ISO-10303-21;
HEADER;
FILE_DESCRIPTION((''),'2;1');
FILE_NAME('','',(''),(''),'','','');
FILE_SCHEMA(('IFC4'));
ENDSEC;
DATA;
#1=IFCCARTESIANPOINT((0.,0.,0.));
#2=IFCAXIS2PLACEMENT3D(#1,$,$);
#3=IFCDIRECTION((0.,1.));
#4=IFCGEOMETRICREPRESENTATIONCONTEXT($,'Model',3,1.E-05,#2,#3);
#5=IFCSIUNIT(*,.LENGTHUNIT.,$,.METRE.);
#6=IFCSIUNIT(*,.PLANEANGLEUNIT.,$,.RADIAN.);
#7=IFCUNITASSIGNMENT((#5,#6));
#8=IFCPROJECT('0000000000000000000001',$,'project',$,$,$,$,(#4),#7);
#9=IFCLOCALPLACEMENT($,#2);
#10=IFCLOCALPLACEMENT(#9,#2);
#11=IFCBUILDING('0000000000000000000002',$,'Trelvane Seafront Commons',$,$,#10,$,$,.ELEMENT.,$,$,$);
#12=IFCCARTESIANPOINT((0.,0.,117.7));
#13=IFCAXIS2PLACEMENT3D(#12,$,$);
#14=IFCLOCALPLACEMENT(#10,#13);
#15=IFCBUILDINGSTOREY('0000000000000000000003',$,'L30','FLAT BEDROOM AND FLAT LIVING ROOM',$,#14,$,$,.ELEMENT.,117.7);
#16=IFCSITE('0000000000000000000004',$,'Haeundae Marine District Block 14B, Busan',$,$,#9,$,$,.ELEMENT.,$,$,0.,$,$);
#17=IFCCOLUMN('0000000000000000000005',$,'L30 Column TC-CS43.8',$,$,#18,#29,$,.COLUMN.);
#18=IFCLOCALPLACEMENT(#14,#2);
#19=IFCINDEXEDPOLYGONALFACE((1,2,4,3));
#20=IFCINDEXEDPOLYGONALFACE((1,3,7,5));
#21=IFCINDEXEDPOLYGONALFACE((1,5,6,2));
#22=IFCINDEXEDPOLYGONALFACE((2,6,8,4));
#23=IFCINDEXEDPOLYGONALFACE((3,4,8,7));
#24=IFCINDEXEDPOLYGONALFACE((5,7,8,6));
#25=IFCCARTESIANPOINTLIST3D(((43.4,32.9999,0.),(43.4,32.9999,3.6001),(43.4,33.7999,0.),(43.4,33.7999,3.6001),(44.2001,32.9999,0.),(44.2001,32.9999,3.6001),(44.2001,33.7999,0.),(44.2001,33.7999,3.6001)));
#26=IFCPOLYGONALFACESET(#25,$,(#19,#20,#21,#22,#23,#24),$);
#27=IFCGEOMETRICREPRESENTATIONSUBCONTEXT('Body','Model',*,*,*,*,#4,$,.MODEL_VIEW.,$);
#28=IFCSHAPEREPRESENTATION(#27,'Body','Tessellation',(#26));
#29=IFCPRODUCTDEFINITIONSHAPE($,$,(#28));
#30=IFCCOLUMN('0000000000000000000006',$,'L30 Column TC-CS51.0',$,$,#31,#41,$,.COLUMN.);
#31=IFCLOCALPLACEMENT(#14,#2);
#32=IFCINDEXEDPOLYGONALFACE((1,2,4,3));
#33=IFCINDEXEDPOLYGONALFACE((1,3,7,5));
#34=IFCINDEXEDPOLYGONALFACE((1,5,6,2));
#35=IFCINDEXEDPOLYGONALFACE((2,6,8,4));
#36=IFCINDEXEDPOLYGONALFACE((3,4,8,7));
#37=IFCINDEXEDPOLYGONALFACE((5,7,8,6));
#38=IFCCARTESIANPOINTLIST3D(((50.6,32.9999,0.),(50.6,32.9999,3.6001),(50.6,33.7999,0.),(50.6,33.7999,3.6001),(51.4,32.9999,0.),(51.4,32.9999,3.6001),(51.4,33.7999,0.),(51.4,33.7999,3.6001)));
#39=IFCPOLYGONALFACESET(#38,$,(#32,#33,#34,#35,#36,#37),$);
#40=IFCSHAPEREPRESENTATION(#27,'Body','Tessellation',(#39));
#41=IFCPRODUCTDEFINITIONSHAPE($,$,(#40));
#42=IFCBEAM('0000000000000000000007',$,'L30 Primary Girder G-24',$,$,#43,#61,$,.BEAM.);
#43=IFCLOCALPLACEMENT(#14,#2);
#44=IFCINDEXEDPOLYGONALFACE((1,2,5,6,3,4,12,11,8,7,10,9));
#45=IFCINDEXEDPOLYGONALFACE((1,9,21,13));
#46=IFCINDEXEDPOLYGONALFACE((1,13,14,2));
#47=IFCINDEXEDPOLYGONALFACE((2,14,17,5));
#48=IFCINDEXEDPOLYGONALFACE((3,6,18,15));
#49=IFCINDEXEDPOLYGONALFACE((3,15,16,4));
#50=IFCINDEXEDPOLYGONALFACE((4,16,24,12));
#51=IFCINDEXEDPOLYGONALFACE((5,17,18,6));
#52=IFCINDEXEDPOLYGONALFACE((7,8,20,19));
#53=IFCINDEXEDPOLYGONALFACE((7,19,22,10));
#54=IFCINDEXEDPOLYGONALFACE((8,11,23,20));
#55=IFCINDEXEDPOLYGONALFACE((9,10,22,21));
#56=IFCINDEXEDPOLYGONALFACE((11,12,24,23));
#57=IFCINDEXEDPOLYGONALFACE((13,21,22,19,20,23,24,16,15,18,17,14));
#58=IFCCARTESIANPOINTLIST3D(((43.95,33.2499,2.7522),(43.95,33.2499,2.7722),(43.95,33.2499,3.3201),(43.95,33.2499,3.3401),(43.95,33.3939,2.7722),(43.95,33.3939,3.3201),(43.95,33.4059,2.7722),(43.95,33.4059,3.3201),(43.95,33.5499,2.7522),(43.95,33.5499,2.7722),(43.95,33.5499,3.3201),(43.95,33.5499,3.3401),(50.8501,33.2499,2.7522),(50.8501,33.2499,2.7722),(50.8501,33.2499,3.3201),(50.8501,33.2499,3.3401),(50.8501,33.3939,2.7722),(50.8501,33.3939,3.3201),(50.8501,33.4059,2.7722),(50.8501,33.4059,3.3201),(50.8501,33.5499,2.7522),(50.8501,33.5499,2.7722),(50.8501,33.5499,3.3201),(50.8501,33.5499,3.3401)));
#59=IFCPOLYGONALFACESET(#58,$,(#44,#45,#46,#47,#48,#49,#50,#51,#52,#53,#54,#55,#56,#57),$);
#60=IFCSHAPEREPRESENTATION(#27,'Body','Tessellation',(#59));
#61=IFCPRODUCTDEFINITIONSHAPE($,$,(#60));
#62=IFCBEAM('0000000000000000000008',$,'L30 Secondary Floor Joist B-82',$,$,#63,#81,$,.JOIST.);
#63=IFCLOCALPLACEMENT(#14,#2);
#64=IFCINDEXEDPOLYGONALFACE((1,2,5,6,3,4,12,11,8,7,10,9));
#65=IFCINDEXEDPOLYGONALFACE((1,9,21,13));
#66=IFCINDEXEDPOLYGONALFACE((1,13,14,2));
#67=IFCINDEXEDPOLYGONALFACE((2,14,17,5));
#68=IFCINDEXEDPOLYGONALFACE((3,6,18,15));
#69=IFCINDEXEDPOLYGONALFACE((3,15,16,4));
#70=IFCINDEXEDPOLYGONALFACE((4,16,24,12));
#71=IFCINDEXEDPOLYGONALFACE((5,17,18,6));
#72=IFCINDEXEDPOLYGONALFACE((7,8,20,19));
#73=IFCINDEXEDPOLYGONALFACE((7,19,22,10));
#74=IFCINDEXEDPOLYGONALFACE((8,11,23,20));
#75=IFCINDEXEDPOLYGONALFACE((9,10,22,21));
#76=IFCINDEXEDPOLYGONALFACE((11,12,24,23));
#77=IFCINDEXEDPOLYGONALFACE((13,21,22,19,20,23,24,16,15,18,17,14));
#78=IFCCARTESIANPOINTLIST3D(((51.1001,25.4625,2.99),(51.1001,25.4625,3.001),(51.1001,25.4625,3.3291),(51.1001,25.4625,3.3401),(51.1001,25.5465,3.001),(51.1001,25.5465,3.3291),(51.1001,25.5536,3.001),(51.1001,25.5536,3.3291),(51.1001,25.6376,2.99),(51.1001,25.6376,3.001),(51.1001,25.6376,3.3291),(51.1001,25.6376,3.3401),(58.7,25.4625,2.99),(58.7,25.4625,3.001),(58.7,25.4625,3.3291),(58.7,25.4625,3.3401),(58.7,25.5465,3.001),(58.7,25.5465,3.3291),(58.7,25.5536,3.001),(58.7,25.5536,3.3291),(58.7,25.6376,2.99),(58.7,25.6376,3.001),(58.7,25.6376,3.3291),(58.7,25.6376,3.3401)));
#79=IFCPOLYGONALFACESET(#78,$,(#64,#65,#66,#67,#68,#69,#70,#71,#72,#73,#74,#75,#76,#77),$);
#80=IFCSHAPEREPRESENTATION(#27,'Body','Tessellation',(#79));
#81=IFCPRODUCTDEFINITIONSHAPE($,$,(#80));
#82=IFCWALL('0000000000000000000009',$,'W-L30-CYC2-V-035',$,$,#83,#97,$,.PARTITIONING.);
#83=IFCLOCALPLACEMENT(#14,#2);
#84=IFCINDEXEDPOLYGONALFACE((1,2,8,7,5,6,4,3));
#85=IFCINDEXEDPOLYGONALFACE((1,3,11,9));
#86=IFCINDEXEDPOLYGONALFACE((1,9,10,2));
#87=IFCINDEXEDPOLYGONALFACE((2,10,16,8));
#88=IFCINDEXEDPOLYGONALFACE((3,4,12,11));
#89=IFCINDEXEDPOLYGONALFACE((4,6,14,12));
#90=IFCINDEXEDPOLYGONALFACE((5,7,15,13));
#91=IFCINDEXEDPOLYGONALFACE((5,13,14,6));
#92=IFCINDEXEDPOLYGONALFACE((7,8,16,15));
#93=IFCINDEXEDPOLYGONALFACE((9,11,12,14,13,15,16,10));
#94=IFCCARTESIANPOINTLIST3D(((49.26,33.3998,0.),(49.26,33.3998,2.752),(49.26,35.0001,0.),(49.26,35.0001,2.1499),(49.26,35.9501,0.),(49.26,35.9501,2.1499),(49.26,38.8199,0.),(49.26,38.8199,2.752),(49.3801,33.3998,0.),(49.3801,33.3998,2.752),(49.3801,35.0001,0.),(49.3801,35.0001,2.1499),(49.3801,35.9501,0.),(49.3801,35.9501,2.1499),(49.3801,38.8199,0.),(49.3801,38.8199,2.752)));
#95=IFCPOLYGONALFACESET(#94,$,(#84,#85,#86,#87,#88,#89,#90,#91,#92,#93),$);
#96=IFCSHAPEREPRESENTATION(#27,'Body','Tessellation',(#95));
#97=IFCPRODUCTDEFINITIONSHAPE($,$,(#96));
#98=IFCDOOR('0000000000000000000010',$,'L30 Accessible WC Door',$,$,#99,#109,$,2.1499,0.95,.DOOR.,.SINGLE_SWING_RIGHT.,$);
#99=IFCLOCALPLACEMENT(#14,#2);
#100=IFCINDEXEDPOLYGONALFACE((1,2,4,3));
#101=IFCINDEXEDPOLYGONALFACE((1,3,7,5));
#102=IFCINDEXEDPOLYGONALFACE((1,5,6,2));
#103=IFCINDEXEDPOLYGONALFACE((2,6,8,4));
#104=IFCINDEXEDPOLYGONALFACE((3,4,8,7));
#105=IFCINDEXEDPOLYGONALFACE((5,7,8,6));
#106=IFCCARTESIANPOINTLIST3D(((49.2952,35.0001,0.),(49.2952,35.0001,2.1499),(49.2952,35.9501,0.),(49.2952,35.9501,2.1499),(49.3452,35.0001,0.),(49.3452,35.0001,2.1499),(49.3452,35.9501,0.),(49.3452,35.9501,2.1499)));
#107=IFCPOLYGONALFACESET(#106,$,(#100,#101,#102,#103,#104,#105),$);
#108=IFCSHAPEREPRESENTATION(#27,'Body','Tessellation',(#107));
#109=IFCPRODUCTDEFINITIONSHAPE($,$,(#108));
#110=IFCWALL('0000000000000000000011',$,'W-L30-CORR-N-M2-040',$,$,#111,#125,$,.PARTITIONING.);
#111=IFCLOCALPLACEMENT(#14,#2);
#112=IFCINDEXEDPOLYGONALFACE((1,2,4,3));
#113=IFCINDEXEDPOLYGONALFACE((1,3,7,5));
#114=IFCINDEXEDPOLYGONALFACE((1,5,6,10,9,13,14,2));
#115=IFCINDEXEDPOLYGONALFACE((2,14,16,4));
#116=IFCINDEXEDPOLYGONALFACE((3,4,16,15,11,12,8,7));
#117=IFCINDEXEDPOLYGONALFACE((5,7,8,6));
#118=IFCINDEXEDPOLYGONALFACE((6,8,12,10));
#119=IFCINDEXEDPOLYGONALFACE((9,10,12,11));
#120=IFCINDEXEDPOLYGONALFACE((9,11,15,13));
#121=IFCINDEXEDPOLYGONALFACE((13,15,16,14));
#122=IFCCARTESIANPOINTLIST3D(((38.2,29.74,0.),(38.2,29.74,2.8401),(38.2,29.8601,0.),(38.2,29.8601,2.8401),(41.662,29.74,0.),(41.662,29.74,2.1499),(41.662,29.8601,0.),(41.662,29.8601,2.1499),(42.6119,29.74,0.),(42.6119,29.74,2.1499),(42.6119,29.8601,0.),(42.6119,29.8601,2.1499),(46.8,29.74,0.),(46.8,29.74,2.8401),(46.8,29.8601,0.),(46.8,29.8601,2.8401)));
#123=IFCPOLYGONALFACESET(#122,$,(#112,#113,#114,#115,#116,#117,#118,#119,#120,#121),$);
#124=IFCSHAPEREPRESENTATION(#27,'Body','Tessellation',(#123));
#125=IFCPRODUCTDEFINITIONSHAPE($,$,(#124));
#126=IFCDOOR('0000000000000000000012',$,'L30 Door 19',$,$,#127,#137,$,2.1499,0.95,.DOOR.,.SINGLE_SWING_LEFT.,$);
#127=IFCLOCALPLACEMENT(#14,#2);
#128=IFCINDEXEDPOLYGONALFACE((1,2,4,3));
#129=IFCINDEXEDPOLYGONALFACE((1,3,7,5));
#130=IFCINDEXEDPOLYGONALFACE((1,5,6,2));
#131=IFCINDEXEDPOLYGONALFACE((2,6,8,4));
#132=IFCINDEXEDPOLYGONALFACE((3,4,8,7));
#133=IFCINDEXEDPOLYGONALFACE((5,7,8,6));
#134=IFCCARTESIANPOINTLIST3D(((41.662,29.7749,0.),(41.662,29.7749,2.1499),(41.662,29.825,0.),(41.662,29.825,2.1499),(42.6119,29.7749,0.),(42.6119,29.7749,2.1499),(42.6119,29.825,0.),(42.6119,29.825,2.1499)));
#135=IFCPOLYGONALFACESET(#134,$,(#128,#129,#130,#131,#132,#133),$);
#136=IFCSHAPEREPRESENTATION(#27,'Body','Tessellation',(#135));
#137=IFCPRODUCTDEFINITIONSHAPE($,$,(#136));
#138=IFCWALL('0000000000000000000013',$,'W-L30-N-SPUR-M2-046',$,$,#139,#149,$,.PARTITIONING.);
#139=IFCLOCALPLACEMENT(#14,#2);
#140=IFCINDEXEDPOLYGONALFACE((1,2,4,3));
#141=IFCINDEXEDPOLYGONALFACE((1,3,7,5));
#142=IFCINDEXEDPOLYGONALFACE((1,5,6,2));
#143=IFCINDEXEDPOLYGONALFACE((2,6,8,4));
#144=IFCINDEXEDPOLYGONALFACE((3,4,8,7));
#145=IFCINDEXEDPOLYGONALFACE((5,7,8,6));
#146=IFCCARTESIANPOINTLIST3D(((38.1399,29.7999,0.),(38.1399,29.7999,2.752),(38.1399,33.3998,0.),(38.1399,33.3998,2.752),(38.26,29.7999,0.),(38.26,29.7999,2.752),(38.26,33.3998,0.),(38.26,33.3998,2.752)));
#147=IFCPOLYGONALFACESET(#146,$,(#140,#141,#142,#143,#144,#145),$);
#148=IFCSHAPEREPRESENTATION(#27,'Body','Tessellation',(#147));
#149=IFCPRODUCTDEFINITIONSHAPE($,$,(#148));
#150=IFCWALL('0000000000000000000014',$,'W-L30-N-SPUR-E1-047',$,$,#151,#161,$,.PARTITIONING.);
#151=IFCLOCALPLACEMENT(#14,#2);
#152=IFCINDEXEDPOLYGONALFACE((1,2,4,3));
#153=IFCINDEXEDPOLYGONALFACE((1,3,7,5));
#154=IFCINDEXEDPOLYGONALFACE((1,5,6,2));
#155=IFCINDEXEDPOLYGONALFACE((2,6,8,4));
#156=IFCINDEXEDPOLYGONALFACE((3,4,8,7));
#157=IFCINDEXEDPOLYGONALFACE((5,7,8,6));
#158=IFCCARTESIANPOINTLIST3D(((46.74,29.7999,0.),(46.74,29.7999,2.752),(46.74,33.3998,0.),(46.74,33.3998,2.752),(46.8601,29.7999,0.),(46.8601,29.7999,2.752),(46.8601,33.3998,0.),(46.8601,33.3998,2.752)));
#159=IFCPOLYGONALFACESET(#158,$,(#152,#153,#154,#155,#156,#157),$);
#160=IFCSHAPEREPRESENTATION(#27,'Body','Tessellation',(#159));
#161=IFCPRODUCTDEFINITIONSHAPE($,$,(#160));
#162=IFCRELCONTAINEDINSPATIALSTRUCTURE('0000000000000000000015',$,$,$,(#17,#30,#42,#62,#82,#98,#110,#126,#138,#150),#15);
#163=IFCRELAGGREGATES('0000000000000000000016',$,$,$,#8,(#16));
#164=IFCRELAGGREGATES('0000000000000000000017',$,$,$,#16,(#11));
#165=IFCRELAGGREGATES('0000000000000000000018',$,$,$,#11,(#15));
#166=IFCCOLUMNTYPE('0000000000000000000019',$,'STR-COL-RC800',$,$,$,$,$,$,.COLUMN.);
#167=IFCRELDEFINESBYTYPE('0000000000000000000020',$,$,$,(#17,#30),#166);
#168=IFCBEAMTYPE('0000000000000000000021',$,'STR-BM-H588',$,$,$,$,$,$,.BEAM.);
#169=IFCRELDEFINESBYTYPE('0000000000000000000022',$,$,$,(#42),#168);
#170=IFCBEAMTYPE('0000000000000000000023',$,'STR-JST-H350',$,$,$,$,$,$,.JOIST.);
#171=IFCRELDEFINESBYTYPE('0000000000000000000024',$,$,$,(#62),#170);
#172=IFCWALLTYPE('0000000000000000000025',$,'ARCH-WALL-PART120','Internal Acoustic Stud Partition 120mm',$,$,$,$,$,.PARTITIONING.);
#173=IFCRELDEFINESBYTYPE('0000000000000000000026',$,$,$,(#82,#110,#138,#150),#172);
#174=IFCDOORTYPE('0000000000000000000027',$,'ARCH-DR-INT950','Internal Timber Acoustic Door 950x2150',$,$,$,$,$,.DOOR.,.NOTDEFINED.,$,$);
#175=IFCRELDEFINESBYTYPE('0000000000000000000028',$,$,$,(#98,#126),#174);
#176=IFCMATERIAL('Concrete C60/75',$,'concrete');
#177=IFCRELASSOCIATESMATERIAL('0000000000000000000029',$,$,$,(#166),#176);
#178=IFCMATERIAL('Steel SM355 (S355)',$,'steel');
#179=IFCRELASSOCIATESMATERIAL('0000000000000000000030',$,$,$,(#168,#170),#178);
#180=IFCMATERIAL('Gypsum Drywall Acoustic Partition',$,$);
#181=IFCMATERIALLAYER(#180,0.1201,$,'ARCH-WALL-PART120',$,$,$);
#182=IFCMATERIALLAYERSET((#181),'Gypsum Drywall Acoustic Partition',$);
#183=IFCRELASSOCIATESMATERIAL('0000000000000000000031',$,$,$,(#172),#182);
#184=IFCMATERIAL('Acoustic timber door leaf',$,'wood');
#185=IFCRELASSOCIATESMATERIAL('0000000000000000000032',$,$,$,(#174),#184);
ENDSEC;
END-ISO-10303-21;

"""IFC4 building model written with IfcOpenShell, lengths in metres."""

from ifc_helpers import new_model, si_unit, direction, frame, frame_2d, origin, origin_2d, place, context, subcontext, project, spatial, rectangle, i_section, extrude, source, transform, mapped, material, layer, layer_set, material_profile, profile_set, type_object, element, fill, save


model = new_model("IFC4")

# Units and contexts
model_context = context("Model", 3, precision=1e-05, world=origin(), true_north=direction((0.0, 1.0)))
body_context = subcontext(model_context, "Body", "Model", "MODEL_VIEW")
ifc_project = project(units=[si_unit("LENGTHUNIT", "METRE"), si_unit("PLANEANGLEUNIT", "RADIAN")], contexts=[model_context])

# Site, building, storey
site_placement = place(None, origin())
site = spatial("IfcSite", under=ifc_project, at=site_placement, Name="Haeundae Marine District Block 14B, Busan", CompositionType="ELEMENT", RefElevation=0.0)
building_placement = place(site_placement, origin())
building = spatial("IfcBuilding", under=site, at=building_placement, Name="Trelvane Seafront Commons", CompositionType="ELEMENT")
storey_placement = place(building_placement, frame((0.0, 0.0, 117.7)))
storey = spatial("IfcBuildingStorey", under=building, at=storey_placement, Name="L30", Description="FLAT BEDROOM AND FLAT LIVING ROOM", CompositionType="ELEMENT", Elevation=117.7)

# Columns
ifc_material_1 = material(Name="Concrete C60/75", Category="concrete")
ifc_material_profile_1 = material_profile(ifc_material_1, rectangle(XDim=0.8, YDim=0.8, at=origin_2d()), Name="RC-800x800")
ifc_profile_set_1 = profile_set([ifc_material_profile_1], Name="Concrete C60/75")
column_type = type_object("IfcColumnType", Name="STR-COL-RC800", PredefinedType="COLUMN", material=ifc_profile_set_1)
shared_shape_1 = source(origin(), body_context, "Body", "SweptSolid", [
    extrude(rectangle(XDim=0.8, YDim=0.8, at=origin_2d()), origin(), (0.0, 0.0, 1.0), 3.6001),
])
for number, where, z_axis, x_axis, name in (
    (1, (43.8, 33.3999, 0.0), (0.0, 0.0, 1.0), (1.0, 0.0, 0.0), "L30 Column TC-CS43.8"),
    (2, (51.0, 33.3999, 0.0), (0.0, 0.0, 1.0), (1.0, 0.0, 0.0), "L30 Column TC-CS51.0"),
):
    element("IfcColumn", number, at=place(storey_placement, frame(where, z_axis=z_axis, x_axis=x_axis)), inside=storey, type_object=column_type, Name=name, PredefinedType="COLUMN", context=body_context, shape_type="MappedRepresentation", body=[
        mapped(shared_shape_1, transform((0.0, 0.0, 0.0), x_axis=(1.0, 0.0, 0.0), y_axis=(0.0, 1.0, 0.0), z_axis=(0.0, 0.0, 1.0), scale=1.0)),
    ])

# Beams
ifc_material_2 = material(Name="Steel SM355 (S355)", Category="steel")
ifc_material_profile_2 = material_profile(ifc_material_2, i_section(OverallWidth=0.3, OverallDepth=0.5879, WebThickness=0.012, FlangeThickness=0.02, at=origin_2d()), Name="H-588x300x12x20")
ifc_profile_set_2 = profile_set([ifc_material_profile_2], Name="Steel SM355 (S355)")
beam_type_1 = type_object("IfcBeamType", Name="STR-BM-H588", PredefinedType="BEAM", material=ifc_profile_set_2)
shared_shape_2 = source(origin(), body_context, "Body", "SweptSolid", [
    extrude(i_section(OverallWidth=0.3, OverallDepth=0.5879, WebThickness=0.012, FlangeThickness=0.02, at=origin_2d()), origin(), (0.0, 0.0, 1.0), 6.9001),
])
beam_1_placement = place(storey_placement, frame((43.95, 33.3999, 3.0461), z_axis=(1.0, 0.0, 0.0), x_axis=(0.0, 1.0, 0.0)))
element("IfcBeam", 3, at=beam_1_placement, inside=storey, type_object=beam_type_1, Name="L30 Primary Girder G-24", PredefinedType="BEAM", context=body_context, shape_type="MappedRepresentation", body=[
    mapped(shared_shape_2, transform((0.0, 0.0, 0.0), x_axis=(1.0, 0.0, 0.0), y_axis=(0.0, 1.0, 0.0), z_axis=(0.0, 0.0, 1.0), scale=1.0)),
])
ifc_material_profile_3 = material_profile(ifc_material_2, i_section(OverallWidth=0.175, OverallDepth=0.3501, WebThickness=0.0071, FlangeThickness=0.011, at=origin_2d()), Name="H-350x175x7x11")
ifc_profile_set_3 = profile_set([ifc_material_profile_3], Name="Steel SM355 (S355)")
beam_type_2 = type_object("IfcBeamType", Name="STR-JST-H350", PredefinedType="JOIST", material=ifc_profile_set_3)
shared_shape_3 = source(origin(), body_context, "Body", "SweptSolid", [
    extrude(i_section(OverallWidth=0.175, OverallDepth=0.3501, WebThickness=0.0071, FlangeThickness=0.011, at=origin_2d()), origin(), (0.0, 0.0, 1.0), 7.5999),
])
beam_2_placement = place(storey_placement, frame((51.1001, 25.55, 3.165), z_axis=(1.0, 0.0, 0.0), x_axis=(0.0, 1.0, 0.0)))
element("IfcBeam", 4, at=beam_2_placement, inside=storey, type_object=beam_type_2, Name="L30 Secondary Floor Joist B-82", PredefinedType="JOIST", context=body_context, shape_type="MappedRepresentation", body=[
    mapped(shared_shape_3, transform((0.0, 0.0, 0.0), x_axis=(1.0, 0.0, 0.0), y_axis=(0.0, 1.0, 0.0), z_axis=(0.0, 0.0, 1.0), scale=1.0)),
])

# Shared definitions
shared_shape_4 = source(origin(), body_context, "Body", "SweptSolid", [
    extrude(rectangle(XDim=0.95, YDim=2.1499, at=frame_2d((0.4751, 1.075))), frame((0.0, 0.0249, 0.0), z_axis=(0.0, -1.0, 0.0), x_axis=(1.0, 0.0, 0.0)), (0.0, 0.0, 1.0), 0.05),
])

# Walls, openings, doors
ifc_material_3 = material(Name="Gypsum Drywall Acoustic Partition")
ifc_layer_1 = layer(ifc_material_3, 0.1201, Name="ARCH-WALL-PART120")
ifc_layer_set_1 = layer_set([ifc_layer_1], Name="Gypsum Drywall Acoustic Partition")
wall_type_1 = type_object("IfcWallType", Name="ARCH-WALL-PART120", Description="Internal Acoustic Stud Partition 120mm", PredefinedType="PARTITIONING", material=ifc_layer_set_1)
wall_1_placement = place(storey_placement, frame((49.3201, 33.3999, 0.0), z_axis=(0.0, 0.0, 1.0), x_axis=(0.0, 1.0, 0.0)))
wall_1 = element("IfcWall", 5, at=wall_1_placement, inside=storey, type_object=wall_type_1, Name="W-L30-CYC2-V-035", PredefinedType="PARTITIONING", context=body_context, shape_type="SweptSolid", body=[
    extrude(rectangle(XDim=5.4202, YDim=0.1201, at=frame_2d((2.71, 0.0))), origin(), (0.0, 0.0, 1.0), 2.752),
])
opening_1_placement = place(wall_1_placement, frame((1.6001, 0.0, 0.0)))
opening_1 = element("IfcOpeningElement", 6, at=opening_1_placement, cuts=wall_1, PredefinedType="OPENING", context=body_context, shape_type="SweptSolid", body=[
    extrude(rectangle(XDim=0.95, YDim=2.1499, at=frame_2d((0.4751, 1.075))), frame((0.0, 0.0701, 0.0), z_axis=(0.0, -1.0, 0.0), x_axis=(1.0, 0.0, 0.0)), (0.0, 0.0, 1.0), 0.1401),
])
ifc_material_4 = material(Name="Acoustic timber door leaf", Category="wood")
door_type_1 = type_object("IfcDoorType", Name="ARCH-DR-INT950", Description="Internal Timber Acoustic Door 950x2150", OperationType="NOTDEFINED", PredefinedType="DOOR", material=ifc_material_4)
door_1_placement = place(opening_1_placement, origin())
door_1 = element("IfcDoor", 7, at=door_1_placement, inside=storey, type_object=door_type_1, Name="L30 Accessible WC Door", OperationType="SINGLE_SWING_RIGHT", OverallHeight=2.1499, OverallWidth=0.95, PredefinedType="DOOR", context=body_context, shape_type="MappedRepresentation", body=[
    mapped(shared_shape_4, transform((0.0, 0.0, 0.0), x_axis=(1.0, 0.0, 0.0), y_axis=(0.0, 1.0, 0.0), z_axis=(0.0, 0.0, 1.0), scale=1.0)),
])
fill(opening_1, door_1)
wall_2_placement = place(storey_placement, frame((38.2, 29.8, 0.0), z_axis=(0.0, 0.0, 1.0), x_axis=(1.0, 0.0, 0.0)))
wall_2 = element("IfcWall", 8, at=wall_2_placement, inside=storey, type_object=wall_type_1, Name="W-L30-CORR-N-M2-040", PredefinedType="PARTITIONING", context=body_context, shape_type="SweptSolid", body=[
    extrude(rectangle(XDim=8.6001, YDim=0.1201, at=frame_2d((4.3, 0.0))), origin(), (0.0, 0.0, 1.0), 2.8401),
])
opening_2_placement = place(wall_2_placement, frame((3.4619, 0.0, 0.0)))
opening_2 = element("IfcOpeningElement", 9, at=opening_2_placement, cuts=wall_2, PredefinedType="OPENING", context=body_context, shape_type="SweptSolid", body=[
    extrude(rectangle(XDim=0.95, YDim=2.1499, at=frame_2d((0.4751, 1.075))), frame((0.0, 0.0701, 0.0), z_axis=(0.0, -1.0, 0.0), x_axis=(1.0, 0.0, 0.0)), (0.0, 0.0, 1.0), 0.1401),
])
door_2_placement = place(opening_2_placement, origin())
door_2 = element("IfcDoor", 10, at=door_2_placement, inside=storey, type_object=door_type_1, Name="L30 Door 19", OperationType="SINGLE_SWING_LEFT", OverallHeight=2.1499, OverallWidth=0.95, PredefinedType="DOOR", context=body_context, shape_type="MappedRepresentation", body=[
    mapped(shared_shape_4, transform((0.0, 0.0, 0.0), x_axis=(1.0, 0.0, 0.0), y_axis=(0.0, 1.0, 0.0), z_axis=(0.0, 0.0, 1.0), scale=1.0)),
])
fill(opening_2, door_2)

# Walls
for number, where, z_axis, x_axis, name in (
    (11, (38.2, 29.8, 0.0), (0.0, 0.0, 1.0), (0.0, 1.0, 0.0), "W-L30-N-SPUR-M2-046"),
    (12, (46.8, 29.8, 0.0), (0.0, 0.0, 1.0), (0.0, 1.0, 0.0), "W-L30-N-SPUR-E1-047"),
):
    element("IfcWall", number, at=place(storey_placement, frame(where, z_axis=z_axis, x_axis=x_axis)), inside=storey, type_object=wall_type_1, Name=name, PredefinedType="PARTITIONING", context=body_context, shape_type="SweptSolid", body=[
        extrude(rectangle(XDim=3.5999, YDim=0.1201, at=frame_2d((1.7998, 0.0))), origin(), (0.0, 0.0, 1.0), 2.752),
    ])

save(model, "model.ifc")
